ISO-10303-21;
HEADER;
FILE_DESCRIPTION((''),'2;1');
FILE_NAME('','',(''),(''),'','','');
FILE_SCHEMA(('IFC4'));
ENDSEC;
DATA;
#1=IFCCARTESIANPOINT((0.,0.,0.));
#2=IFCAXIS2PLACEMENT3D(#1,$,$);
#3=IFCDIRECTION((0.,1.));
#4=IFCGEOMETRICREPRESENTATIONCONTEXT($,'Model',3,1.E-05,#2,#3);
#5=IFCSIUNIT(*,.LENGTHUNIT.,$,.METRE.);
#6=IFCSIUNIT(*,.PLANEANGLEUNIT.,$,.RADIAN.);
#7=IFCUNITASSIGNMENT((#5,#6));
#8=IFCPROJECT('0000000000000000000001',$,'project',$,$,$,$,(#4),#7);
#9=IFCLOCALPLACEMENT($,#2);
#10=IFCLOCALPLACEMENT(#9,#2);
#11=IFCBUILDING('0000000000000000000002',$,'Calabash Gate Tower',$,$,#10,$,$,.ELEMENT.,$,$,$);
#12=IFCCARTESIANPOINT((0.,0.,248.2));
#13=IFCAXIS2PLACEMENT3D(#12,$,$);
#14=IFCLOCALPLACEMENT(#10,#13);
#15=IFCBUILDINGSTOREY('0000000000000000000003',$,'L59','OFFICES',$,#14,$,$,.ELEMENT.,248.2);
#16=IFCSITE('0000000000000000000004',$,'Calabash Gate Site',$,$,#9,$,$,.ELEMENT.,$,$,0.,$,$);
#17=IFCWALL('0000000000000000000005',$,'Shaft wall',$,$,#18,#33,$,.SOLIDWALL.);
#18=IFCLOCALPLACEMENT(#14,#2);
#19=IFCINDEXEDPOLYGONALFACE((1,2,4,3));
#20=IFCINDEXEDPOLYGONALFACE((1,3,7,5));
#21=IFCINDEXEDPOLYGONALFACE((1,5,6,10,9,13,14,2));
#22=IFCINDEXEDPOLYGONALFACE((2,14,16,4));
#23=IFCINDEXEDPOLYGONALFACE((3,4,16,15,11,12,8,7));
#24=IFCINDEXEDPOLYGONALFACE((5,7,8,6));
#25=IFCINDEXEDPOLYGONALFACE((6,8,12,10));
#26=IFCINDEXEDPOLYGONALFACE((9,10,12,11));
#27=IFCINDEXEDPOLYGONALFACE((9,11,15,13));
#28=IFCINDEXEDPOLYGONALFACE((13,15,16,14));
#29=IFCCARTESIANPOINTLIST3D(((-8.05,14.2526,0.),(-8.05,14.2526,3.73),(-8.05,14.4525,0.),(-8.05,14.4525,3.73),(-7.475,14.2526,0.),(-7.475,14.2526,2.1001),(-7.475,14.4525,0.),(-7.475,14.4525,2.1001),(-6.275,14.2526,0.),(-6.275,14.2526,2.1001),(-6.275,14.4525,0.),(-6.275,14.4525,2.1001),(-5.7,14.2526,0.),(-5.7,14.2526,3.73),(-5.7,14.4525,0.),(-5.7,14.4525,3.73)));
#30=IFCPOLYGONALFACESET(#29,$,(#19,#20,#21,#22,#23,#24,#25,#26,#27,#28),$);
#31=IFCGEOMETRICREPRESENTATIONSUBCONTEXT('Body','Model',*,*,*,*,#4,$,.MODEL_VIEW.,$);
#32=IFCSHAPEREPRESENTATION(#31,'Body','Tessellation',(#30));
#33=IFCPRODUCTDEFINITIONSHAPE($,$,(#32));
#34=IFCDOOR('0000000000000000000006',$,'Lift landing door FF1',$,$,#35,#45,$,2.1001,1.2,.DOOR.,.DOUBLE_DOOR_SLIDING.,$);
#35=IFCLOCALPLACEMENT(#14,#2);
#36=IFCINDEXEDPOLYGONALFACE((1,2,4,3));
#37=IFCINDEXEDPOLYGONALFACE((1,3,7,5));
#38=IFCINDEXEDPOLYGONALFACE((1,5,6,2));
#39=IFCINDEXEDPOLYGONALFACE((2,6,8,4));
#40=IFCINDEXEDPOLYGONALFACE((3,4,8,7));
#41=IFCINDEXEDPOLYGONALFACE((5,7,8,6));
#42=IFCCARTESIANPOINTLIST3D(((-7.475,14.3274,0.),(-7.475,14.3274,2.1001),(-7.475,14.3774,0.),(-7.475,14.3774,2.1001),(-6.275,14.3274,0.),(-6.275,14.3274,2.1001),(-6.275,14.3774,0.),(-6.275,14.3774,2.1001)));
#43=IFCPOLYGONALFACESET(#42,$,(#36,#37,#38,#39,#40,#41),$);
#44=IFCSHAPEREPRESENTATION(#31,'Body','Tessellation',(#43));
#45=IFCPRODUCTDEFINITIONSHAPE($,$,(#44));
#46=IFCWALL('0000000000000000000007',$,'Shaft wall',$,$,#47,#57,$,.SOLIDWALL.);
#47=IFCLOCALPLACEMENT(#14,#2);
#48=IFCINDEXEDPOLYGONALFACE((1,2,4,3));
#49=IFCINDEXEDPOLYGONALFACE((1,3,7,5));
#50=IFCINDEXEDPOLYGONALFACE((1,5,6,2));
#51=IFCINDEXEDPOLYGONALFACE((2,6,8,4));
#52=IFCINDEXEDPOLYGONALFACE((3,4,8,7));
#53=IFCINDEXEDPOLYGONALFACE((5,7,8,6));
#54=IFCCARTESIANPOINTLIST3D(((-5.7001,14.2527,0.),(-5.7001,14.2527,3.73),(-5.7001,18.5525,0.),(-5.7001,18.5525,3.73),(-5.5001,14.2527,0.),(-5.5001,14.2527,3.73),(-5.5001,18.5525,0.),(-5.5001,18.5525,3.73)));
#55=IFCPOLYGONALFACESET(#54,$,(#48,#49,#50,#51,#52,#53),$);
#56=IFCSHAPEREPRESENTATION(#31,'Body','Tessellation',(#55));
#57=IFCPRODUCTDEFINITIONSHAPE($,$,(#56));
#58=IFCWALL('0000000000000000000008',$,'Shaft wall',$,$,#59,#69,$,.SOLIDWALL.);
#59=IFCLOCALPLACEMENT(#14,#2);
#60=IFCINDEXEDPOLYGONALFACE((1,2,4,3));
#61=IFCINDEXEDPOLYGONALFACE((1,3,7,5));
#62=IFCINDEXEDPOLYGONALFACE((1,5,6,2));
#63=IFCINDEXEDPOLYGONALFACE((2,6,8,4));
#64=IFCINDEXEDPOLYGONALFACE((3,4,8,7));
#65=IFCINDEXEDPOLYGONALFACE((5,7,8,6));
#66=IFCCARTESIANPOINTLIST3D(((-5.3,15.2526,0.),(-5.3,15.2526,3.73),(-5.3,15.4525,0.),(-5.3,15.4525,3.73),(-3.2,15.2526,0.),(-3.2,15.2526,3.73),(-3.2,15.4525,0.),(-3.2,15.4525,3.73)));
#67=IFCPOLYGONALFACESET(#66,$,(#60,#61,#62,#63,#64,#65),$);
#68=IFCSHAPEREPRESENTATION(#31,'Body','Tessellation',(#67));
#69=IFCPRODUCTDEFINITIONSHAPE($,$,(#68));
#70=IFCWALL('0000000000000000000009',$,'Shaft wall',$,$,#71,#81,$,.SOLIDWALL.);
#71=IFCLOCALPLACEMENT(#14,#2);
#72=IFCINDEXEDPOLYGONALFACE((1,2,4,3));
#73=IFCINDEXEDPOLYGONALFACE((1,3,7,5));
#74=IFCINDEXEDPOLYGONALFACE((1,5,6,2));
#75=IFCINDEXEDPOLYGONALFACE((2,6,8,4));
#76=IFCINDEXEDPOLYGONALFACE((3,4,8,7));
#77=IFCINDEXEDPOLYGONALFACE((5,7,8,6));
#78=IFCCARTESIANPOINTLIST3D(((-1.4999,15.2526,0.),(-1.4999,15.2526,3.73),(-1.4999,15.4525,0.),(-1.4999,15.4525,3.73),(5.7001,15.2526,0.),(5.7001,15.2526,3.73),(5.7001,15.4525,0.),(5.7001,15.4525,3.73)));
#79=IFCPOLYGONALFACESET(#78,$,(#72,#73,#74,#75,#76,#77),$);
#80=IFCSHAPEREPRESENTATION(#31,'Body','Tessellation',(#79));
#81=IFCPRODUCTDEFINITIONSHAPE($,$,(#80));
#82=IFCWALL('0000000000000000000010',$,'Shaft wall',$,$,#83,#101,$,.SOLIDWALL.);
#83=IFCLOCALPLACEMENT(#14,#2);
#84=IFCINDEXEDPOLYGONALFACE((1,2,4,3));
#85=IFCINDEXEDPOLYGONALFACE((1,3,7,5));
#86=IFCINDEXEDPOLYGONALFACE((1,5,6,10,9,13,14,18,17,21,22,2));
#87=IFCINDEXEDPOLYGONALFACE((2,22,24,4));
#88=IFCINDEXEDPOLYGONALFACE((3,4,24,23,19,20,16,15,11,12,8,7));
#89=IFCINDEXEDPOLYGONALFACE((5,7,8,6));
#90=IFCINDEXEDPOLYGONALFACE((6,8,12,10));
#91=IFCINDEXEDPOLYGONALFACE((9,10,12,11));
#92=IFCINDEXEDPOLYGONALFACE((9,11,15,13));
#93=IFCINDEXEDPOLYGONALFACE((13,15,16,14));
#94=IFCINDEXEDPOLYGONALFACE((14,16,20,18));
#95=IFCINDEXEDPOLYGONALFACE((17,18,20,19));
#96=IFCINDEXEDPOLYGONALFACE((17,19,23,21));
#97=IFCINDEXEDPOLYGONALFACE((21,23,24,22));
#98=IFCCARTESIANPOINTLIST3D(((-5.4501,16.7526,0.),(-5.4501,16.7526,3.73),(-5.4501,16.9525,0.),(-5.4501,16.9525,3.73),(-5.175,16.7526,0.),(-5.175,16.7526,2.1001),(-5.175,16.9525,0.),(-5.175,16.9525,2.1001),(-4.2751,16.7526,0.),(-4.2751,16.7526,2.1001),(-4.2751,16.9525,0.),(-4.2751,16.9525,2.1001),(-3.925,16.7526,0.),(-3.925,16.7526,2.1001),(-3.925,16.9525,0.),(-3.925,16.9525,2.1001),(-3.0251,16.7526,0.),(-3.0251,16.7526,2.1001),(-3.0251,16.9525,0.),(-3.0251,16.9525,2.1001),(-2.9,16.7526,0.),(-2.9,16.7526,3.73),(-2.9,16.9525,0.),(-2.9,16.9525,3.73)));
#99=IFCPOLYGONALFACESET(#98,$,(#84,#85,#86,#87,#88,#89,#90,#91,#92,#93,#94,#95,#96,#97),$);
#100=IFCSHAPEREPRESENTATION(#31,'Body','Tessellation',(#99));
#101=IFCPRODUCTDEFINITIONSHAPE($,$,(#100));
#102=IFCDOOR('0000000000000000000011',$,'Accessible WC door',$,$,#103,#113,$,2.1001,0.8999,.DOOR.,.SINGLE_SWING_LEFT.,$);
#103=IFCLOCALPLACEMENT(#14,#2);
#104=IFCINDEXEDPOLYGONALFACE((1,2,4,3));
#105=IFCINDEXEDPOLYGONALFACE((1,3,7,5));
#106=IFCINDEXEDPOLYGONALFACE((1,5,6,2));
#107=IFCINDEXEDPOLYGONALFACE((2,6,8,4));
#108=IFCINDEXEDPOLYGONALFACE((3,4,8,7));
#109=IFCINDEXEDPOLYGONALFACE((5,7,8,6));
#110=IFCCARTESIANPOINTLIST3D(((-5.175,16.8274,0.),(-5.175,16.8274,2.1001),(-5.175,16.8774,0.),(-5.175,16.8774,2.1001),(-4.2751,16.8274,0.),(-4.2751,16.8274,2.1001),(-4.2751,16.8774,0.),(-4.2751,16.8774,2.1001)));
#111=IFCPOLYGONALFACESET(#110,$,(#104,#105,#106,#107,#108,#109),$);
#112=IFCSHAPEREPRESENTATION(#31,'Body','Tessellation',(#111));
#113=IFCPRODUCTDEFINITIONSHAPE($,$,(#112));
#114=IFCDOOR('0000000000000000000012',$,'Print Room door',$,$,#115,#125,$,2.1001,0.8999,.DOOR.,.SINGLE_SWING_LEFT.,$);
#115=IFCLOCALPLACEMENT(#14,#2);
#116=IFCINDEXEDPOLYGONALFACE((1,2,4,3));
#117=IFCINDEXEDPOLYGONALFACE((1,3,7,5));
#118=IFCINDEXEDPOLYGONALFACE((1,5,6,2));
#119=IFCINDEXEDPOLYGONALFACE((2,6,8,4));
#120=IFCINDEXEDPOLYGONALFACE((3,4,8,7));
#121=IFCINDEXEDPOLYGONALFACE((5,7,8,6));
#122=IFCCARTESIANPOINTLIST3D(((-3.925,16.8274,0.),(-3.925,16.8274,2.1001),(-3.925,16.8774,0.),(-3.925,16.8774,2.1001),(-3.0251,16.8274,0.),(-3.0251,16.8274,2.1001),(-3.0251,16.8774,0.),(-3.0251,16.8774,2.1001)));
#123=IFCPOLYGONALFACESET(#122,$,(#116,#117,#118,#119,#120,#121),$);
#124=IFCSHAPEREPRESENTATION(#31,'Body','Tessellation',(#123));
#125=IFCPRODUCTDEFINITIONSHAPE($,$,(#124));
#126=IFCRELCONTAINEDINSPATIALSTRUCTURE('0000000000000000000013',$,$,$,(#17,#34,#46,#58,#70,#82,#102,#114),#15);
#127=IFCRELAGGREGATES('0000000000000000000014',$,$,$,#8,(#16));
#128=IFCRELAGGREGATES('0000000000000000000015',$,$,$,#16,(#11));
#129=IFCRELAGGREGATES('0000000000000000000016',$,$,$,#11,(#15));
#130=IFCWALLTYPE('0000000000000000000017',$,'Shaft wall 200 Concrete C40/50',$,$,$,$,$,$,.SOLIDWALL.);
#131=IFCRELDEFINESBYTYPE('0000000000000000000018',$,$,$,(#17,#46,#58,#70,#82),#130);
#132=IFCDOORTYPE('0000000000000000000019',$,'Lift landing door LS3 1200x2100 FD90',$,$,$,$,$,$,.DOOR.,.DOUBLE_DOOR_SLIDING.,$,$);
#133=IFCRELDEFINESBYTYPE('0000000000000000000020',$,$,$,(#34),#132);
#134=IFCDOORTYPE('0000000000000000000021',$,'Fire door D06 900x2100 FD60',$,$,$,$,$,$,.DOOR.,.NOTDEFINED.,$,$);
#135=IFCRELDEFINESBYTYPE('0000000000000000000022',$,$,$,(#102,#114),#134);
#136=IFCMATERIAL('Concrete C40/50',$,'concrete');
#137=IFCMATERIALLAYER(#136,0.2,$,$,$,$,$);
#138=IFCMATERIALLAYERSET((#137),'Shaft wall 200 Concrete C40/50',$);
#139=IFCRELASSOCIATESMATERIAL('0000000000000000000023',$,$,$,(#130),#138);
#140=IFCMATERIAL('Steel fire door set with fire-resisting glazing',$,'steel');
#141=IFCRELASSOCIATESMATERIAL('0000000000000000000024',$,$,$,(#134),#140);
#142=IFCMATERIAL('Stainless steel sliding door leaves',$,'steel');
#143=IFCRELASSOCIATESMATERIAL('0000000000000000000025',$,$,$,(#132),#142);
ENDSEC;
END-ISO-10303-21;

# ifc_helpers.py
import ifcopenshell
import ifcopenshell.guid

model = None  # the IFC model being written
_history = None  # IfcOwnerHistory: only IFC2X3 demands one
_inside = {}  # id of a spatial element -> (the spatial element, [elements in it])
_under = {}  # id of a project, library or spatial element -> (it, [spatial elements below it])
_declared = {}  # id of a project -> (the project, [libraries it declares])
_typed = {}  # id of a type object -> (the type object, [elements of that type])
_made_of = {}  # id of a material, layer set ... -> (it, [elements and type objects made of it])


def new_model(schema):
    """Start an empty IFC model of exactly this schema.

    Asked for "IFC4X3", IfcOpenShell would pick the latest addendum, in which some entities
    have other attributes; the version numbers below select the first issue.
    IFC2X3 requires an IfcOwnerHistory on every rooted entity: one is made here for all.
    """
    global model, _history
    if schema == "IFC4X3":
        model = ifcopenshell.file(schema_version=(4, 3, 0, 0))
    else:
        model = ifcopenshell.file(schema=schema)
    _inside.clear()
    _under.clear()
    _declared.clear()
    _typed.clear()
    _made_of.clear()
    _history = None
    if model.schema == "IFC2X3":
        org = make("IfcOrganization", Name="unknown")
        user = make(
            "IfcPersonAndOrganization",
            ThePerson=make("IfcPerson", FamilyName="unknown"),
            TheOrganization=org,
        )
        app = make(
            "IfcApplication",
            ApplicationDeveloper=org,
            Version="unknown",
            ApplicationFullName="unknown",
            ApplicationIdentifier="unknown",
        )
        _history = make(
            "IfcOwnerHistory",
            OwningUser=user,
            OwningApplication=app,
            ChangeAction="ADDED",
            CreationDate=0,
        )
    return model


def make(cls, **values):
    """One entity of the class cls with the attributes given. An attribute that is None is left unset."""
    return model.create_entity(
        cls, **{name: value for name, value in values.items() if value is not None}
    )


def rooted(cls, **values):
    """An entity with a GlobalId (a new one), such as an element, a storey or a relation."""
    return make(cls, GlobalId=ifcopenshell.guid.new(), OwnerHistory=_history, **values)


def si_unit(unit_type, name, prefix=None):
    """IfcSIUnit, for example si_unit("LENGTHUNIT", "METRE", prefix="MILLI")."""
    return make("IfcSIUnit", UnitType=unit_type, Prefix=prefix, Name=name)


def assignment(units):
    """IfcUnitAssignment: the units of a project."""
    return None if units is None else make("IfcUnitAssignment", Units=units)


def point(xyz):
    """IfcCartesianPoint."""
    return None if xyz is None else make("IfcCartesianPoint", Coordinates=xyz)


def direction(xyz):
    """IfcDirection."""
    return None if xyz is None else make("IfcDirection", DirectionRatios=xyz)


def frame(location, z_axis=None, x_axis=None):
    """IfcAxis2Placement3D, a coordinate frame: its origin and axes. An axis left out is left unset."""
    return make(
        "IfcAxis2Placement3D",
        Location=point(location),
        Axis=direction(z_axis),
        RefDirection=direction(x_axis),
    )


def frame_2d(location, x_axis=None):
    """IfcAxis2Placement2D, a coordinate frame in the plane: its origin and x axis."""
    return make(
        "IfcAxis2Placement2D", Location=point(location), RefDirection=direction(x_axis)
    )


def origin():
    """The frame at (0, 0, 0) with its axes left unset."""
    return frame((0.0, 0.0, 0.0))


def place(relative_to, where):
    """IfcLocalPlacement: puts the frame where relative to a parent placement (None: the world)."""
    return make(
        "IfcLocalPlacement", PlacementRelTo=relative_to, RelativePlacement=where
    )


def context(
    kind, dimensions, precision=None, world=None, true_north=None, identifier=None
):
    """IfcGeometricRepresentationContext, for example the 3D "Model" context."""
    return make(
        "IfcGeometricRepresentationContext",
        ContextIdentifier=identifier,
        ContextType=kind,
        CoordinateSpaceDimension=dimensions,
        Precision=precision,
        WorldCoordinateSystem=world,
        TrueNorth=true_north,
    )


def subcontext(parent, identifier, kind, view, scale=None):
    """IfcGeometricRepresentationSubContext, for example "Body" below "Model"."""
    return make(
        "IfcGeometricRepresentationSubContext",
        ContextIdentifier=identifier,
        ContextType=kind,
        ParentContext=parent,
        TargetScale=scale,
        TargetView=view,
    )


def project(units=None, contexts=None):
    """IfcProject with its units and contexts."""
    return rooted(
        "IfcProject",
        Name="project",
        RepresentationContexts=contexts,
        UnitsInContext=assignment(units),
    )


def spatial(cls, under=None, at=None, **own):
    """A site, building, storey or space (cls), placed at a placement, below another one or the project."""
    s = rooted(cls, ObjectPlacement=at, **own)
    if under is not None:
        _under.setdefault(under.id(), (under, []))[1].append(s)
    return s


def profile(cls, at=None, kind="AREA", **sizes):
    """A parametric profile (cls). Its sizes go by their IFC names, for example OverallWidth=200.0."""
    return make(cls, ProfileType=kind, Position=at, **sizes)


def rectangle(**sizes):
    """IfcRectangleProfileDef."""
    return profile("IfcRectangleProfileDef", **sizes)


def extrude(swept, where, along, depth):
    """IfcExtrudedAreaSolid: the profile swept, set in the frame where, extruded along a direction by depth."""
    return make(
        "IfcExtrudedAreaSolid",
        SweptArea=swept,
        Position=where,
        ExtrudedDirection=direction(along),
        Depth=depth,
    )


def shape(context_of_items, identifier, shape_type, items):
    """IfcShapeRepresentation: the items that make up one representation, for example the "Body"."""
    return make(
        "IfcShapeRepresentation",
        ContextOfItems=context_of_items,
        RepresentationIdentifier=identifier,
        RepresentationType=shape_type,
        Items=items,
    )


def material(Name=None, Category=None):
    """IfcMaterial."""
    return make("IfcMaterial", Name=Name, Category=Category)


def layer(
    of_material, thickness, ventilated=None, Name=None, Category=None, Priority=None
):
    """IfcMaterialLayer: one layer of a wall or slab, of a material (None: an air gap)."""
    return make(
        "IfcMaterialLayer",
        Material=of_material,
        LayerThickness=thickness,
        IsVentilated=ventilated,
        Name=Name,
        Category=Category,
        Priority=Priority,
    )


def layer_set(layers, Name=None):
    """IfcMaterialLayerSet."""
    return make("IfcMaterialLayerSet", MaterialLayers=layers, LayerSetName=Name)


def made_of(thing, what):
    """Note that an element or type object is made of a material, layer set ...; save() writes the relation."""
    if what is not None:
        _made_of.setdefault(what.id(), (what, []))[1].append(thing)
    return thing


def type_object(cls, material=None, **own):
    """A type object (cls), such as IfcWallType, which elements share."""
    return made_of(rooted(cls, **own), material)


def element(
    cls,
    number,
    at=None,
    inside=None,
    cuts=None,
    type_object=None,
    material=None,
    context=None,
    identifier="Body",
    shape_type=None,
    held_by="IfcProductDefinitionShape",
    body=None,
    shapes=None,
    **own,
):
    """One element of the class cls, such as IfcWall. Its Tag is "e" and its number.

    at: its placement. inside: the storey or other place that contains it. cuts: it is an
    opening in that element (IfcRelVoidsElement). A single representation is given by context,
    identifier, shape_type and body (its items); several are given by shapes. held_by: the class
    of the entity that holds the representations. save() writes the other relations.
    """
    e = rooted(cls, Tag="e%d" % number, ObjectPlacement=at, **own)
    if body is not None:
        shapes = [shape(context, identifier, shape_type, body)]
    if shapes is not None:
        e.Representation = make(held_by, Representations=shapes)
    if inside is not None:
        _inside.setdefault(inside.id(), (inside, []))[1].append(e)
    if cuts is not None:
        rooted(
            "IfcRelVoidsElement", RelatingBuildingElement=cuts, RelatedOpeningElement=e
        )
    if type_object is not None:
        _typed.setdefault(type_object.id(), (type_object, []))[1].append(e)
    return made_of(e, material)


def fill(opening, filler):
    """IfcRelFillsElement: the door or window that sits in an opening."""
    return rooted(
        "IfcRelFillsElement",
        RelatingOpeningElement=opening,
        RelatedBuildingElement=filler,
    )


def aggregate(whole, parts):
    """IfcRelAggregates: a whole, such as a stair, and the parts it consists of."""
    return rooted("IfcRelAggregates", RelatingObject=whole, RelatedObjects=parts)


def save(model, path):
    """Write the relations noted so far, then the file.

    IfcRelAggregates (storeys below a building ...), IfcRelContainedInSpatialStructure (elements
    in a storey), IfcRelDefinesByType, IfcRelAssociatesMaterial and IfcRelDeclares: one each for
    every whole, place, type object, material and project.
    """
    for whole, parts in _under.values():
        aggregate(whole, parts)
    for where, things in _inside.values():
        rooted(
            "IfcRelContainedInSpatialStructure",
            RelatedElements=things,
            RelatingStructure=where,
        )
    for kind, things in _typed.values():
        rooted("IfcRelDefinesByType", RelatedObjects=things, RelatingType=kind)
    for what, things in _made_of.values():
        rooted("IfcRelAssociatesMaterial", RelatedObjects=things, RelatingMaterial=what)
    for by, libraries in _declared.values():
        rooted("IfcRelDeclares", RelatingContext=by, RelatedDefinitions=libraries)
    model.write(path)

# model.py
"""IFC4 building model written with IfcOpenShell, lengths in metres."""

from ifc_helpers import new_model, si_unit, direction, frame, frame_2d, origin, place, context, subcontext, project, spatial, rectangle, extrude, material, layer, layer_set, type_object, element, fill, save


model = new_model("IFC4")

# Units and contexts
model_context = context("Model", 3, precision=1e-05, world=origin(), true_north=direction((0.0, 1.0)))
body_context = subcontext(model_context, "Body", "Model", "MODEL_VIEW")
ifc_project = project(units=[si_unit("LENGTHUNIT", "METRE"), si_unit("PLANEANGLEUNIT", "RADIAN")], contexts=[model_context])

# Site, building, storey
site_placement = place(None, origin())
site = spatial("IfcSite", under=ifc_project, at=site_placement, Name="Calabash Gate Site", CompositionType="ELEMENT", RefElevation=0.0)
building_placement = place(site_placement, origin())
building = spatial("IfcBuilding", under=site, at=building_placement, Name="Calabash Gate Tower", CompositionType="ELEMENT")
storey_placement = place(building_placement, frame((0.0, 0.0, 248.2)))
storey = spatial("IfcBuildingStorey", under=building, at=storey_placement, Name="L59", Description="OFFICES", CompositionType="ELEMENT", Elevation=248.2)

# Shared definitions
ifc_material_1 = material(Name="Concrete C40/50", Category="concrete")
ifc_layer_1 = layer(ifc_material_1, 0.2)
ifc_layer_set_1 = layer_set([ifc_layer_1], Name="Shaft wall 200 Concrete C40/50")
wall_type_1 = type_object("IfcWallType", Name="Shaft wall 200 Concrete C40/50", PredefinedType="SOLIDWALL", material=ifc_layer_set_1)
ifc_material_2 = material(Name="Steel fire door set with fire-resisting glazing", Category="steel")
door_type_1 = type_object("IfcDoorType", Name="Fire door D06 900x2100 FD60", OperationType="NOTDEFINED", PredefinedType="DOOR", material=ifc_material_2)

# Wall, opening, door
wall_1_placement = place(storey_placement, frame((-8.05, 14.3525, 0.0), z_axis=(0.0, 0.0, 1.0), x_axis=(1.0, 0.0, 0.0)))
wall_1 = element("IfcWall", 1, at=wall_1_placement, inside=storey, type_object=wall_type_1, Name="Shaft wall", PredefinedType="SOLIDWALL", context=body_context, shape_type="SweptSolid", body=[
    extrude(rectangle(XDim=2.3501, YDim=0.2, at=frame_2d((1.175, 0.0))), origin(), (0.0, 0.0, 1.0), 3.73),
])
opening_1_placement = place(wall_1_placement, frame((0.575, 0.0, 0.0)))
opening_1 = element("IfcOpeningElement", 2, at=opening_1_placement, cuts=wall_1, PredefinedType="OPENING", context=body_context, shape_type="SweptSolid", body=[
    extrude(rectangle(XDim=1.2, YDim=2.1001, at=frame_2d((0.6001, 1.05))), frame((0.0, 0.1099, 0.0), z_axis=(0.0, -1.0, 0.0), x_axis=(1.0, 0.0, 0.0)), (0.0, 0.0, 1.0), 0.22),
])
ifc_material_3 = material(Name="Stainless steel sliding door leaves", Category="steel")
door_type_2 = type_object("IfcDoorType", Name="Lift landing door LS3 1200x2100 FD90", OperationType="DOUBLE_DOOR_SLIDING", PredefinedType="DOOR", material=ifc_material_3)
door_1_placement = place(opening_1_placement, origin())
door_1 = element("IfcDoor", 3, at=door_1_placement, inside=storey, type_object=door_type_2, Name="Lift landing door FF1", OperationType="DOUBLE_DOOR_SLIDING", OverallHeight=2.1001, OverallWidth=1.2, PredefinedType="DOOR", context=body_context, shape_type="SweptSolid", body=[
    extrude(rectangle(XDim=1.2, YDim=2.1001, at=frame_2d((0.6001, 1.05))), frame((0.0, 0.0249, 0.0), z_axis=(0.0, -1.0, 0.0), x_axis=(1.0, 0.0, 0.0)), (0.0, 0.0, 1.0), 0.05),
])
fill(opening_1, door_1)

# Walls
wall_2_placement = place(storey_placement, frame((-5.6001, 14.2527, 0.0), z_axis=(0.0, 0.0, 1.0), x_axis=(0.0, 1.0, 0.0)))
element("IfcWall", 4, at=wall_2_placement, inside=storey, type_object=wall_type_1, Name="Shaft wall", PredefinedType="SOLIDWALL", context=body_context, shape_type="SweptSolid", body=[
    extrude(rectangle(XDim=4.2998, YDim=0.2, at=frame_2d((2.1499, 0.0))), origin(), (0.0, 0.0, 1.0), 3.73),
])
wall_3_placement = place(storey_placement, frame((-5.3, 15.3525, 0.0), z_axis=(0.0, 0.0, 1.0), x_axis=(1.0, 0.0, 0.0)))
element("IfcWall", 5, at=wall_3_placement, inside=storey, type_object=wall_type_1, Name="Shaft wall", PredefinedType="SOLIDWALL", context=body_context, shape_type="SweptSolid", body=[
    extrude(rectangle(XDim=2.1001, YDim=0.2, at=frame_2d((1.05, 0.0))), origin(), (0.0, 0.0, 1.0), 3.73),
])
wall_4_placement = place(storey_placement, frame((-1.5, 15.3525, 0.0), z_axis=(0.0, 0.0, 1.0), x_axis=(1.0, 0.0, 0.0)))
element("IfcWall", 6, at=wall_4_placement, inside=storey, type_object=wall_type_1, Name="Shaft wall", PredefinedType="SOLIDWALL", context=body_context, shape_type="SweptSolid", body=[
    extrude(rectangle(XDim=7.2, YDim=0.2, at=frame_2d((3.6001, 0.0))), origin(), (0.0, 0.0, 1.0), 3.73),
])

# Wall, openings, doors
wall_5_placement = place(storey_placement, frame((-5.45, 16.8525, 0.0), z_axis=(0.0, 0.0, 1.0), x_axis=(1.0, 0.0, 0.0)))
wall_5 = element("IfcWall", 7, at=wall_5_placement, inside=storey, type_object=wall_type_1, Name="Shaft wall", PredefinedType="SOLIDWALL", context=body_context, shape_type="SweptSolid", body=[
    extrude(rectangle(XDim=2.55, YDim=0.2, at=frame_2d((1.2749, 0.0))), origin(), (0.0, 0.0, 1.0), 3.73),
])
opening_2_placement = place(wall_5_placement, frame((0.2749, 0.0, 0.0)))
opening_2 = element("IfcOpeningElement", 8, at=opening_2_placement, cuts=wall_5, PredefinedType="OPENING", context=body_context, shape_type="SweptSolid", body=[
    extrude(rectangle(XDim=0.8999, YDim=2.1001, at=frame_2d((0.45, 1.05))), frame((0.0, 0.1099, 0.0), z_axis=(0.0, -1.0, 0.0), x_axis=(1.0, 0.0, 0.0)), (0.0, 0.0, 1.0), 0.22),
])
opening_3_placement = place(wall_5_placement, frame((1.5249, 0.0, 0.0)))
opening_3 = element("IfcOpeningElement", 9, at=opening_3_placement, cuts=wall_5, PredefinedType="OPENING", context=body_context, shape_type="SweptSolid", body=[
    extrude(rectangle(XDim=0.8999, YDim=2.1001, at=frame_2d((0.45, 1.05))), frame((0.0, 0.1099, 0.0), z_axis=(0.0, -1.0, 0.0), x_axis=(1.0, 0.0, 0.0)), (0.0, 0.0, 1.0), 0.22),
])
door_2_placement = place(opening_2_placement, origin())
door_2 = element("IfcDoor", 10, at=door_2_placement, inside=storey, type_object=door_type_1, Name="Accessible WC door", OperationType="SINGLE_SWING_LEFT", OverallHeight=2.1001, OverallWidth=0.8999, PredefinedType="DOOR", context=body_context, shape_type="SweptSolid", body=[
    extrude(rectangle(XDim=0.8999, YDim=2.1001, at=frame_2d((0.45, 1.05))), frame((0.0, 0.0249, 0.0), z_axis=(0.0, -1.0, 0.0), x_axis=(1.0, 0.0, 0.0)), (0.0, 0.0, 1.0), 0.05),
])
fill(opening_2, door_2)
door_3_placement = place(opening_3_placement, origin())
door_3 = element("IfcDoor", 11, at=door_3_placement, inside=storey, type_object=door_type_1, Name="Print Room door", OperationType="SINGLE_SWING_LEFT", OverallHeight=2.1001, OverallWidth=0.8999, PredefinedType="DOOR", context=body_context, shape_type="SweptSolid", body=[
    extrude(rectangle(XDim=0.8999, YDim=2.1001, at=frame_2d((0.45, 1.05))), frame((0.0, 0.0249, 0.0), z_axis=(0.0, -1.0, 0.0), x_axis=(1.0, 0.0, 0.0)), (0.0, 0.0, 1.0), 0.05),
])
fill(opening_3, door_3)

save(model, "model.ifc")
